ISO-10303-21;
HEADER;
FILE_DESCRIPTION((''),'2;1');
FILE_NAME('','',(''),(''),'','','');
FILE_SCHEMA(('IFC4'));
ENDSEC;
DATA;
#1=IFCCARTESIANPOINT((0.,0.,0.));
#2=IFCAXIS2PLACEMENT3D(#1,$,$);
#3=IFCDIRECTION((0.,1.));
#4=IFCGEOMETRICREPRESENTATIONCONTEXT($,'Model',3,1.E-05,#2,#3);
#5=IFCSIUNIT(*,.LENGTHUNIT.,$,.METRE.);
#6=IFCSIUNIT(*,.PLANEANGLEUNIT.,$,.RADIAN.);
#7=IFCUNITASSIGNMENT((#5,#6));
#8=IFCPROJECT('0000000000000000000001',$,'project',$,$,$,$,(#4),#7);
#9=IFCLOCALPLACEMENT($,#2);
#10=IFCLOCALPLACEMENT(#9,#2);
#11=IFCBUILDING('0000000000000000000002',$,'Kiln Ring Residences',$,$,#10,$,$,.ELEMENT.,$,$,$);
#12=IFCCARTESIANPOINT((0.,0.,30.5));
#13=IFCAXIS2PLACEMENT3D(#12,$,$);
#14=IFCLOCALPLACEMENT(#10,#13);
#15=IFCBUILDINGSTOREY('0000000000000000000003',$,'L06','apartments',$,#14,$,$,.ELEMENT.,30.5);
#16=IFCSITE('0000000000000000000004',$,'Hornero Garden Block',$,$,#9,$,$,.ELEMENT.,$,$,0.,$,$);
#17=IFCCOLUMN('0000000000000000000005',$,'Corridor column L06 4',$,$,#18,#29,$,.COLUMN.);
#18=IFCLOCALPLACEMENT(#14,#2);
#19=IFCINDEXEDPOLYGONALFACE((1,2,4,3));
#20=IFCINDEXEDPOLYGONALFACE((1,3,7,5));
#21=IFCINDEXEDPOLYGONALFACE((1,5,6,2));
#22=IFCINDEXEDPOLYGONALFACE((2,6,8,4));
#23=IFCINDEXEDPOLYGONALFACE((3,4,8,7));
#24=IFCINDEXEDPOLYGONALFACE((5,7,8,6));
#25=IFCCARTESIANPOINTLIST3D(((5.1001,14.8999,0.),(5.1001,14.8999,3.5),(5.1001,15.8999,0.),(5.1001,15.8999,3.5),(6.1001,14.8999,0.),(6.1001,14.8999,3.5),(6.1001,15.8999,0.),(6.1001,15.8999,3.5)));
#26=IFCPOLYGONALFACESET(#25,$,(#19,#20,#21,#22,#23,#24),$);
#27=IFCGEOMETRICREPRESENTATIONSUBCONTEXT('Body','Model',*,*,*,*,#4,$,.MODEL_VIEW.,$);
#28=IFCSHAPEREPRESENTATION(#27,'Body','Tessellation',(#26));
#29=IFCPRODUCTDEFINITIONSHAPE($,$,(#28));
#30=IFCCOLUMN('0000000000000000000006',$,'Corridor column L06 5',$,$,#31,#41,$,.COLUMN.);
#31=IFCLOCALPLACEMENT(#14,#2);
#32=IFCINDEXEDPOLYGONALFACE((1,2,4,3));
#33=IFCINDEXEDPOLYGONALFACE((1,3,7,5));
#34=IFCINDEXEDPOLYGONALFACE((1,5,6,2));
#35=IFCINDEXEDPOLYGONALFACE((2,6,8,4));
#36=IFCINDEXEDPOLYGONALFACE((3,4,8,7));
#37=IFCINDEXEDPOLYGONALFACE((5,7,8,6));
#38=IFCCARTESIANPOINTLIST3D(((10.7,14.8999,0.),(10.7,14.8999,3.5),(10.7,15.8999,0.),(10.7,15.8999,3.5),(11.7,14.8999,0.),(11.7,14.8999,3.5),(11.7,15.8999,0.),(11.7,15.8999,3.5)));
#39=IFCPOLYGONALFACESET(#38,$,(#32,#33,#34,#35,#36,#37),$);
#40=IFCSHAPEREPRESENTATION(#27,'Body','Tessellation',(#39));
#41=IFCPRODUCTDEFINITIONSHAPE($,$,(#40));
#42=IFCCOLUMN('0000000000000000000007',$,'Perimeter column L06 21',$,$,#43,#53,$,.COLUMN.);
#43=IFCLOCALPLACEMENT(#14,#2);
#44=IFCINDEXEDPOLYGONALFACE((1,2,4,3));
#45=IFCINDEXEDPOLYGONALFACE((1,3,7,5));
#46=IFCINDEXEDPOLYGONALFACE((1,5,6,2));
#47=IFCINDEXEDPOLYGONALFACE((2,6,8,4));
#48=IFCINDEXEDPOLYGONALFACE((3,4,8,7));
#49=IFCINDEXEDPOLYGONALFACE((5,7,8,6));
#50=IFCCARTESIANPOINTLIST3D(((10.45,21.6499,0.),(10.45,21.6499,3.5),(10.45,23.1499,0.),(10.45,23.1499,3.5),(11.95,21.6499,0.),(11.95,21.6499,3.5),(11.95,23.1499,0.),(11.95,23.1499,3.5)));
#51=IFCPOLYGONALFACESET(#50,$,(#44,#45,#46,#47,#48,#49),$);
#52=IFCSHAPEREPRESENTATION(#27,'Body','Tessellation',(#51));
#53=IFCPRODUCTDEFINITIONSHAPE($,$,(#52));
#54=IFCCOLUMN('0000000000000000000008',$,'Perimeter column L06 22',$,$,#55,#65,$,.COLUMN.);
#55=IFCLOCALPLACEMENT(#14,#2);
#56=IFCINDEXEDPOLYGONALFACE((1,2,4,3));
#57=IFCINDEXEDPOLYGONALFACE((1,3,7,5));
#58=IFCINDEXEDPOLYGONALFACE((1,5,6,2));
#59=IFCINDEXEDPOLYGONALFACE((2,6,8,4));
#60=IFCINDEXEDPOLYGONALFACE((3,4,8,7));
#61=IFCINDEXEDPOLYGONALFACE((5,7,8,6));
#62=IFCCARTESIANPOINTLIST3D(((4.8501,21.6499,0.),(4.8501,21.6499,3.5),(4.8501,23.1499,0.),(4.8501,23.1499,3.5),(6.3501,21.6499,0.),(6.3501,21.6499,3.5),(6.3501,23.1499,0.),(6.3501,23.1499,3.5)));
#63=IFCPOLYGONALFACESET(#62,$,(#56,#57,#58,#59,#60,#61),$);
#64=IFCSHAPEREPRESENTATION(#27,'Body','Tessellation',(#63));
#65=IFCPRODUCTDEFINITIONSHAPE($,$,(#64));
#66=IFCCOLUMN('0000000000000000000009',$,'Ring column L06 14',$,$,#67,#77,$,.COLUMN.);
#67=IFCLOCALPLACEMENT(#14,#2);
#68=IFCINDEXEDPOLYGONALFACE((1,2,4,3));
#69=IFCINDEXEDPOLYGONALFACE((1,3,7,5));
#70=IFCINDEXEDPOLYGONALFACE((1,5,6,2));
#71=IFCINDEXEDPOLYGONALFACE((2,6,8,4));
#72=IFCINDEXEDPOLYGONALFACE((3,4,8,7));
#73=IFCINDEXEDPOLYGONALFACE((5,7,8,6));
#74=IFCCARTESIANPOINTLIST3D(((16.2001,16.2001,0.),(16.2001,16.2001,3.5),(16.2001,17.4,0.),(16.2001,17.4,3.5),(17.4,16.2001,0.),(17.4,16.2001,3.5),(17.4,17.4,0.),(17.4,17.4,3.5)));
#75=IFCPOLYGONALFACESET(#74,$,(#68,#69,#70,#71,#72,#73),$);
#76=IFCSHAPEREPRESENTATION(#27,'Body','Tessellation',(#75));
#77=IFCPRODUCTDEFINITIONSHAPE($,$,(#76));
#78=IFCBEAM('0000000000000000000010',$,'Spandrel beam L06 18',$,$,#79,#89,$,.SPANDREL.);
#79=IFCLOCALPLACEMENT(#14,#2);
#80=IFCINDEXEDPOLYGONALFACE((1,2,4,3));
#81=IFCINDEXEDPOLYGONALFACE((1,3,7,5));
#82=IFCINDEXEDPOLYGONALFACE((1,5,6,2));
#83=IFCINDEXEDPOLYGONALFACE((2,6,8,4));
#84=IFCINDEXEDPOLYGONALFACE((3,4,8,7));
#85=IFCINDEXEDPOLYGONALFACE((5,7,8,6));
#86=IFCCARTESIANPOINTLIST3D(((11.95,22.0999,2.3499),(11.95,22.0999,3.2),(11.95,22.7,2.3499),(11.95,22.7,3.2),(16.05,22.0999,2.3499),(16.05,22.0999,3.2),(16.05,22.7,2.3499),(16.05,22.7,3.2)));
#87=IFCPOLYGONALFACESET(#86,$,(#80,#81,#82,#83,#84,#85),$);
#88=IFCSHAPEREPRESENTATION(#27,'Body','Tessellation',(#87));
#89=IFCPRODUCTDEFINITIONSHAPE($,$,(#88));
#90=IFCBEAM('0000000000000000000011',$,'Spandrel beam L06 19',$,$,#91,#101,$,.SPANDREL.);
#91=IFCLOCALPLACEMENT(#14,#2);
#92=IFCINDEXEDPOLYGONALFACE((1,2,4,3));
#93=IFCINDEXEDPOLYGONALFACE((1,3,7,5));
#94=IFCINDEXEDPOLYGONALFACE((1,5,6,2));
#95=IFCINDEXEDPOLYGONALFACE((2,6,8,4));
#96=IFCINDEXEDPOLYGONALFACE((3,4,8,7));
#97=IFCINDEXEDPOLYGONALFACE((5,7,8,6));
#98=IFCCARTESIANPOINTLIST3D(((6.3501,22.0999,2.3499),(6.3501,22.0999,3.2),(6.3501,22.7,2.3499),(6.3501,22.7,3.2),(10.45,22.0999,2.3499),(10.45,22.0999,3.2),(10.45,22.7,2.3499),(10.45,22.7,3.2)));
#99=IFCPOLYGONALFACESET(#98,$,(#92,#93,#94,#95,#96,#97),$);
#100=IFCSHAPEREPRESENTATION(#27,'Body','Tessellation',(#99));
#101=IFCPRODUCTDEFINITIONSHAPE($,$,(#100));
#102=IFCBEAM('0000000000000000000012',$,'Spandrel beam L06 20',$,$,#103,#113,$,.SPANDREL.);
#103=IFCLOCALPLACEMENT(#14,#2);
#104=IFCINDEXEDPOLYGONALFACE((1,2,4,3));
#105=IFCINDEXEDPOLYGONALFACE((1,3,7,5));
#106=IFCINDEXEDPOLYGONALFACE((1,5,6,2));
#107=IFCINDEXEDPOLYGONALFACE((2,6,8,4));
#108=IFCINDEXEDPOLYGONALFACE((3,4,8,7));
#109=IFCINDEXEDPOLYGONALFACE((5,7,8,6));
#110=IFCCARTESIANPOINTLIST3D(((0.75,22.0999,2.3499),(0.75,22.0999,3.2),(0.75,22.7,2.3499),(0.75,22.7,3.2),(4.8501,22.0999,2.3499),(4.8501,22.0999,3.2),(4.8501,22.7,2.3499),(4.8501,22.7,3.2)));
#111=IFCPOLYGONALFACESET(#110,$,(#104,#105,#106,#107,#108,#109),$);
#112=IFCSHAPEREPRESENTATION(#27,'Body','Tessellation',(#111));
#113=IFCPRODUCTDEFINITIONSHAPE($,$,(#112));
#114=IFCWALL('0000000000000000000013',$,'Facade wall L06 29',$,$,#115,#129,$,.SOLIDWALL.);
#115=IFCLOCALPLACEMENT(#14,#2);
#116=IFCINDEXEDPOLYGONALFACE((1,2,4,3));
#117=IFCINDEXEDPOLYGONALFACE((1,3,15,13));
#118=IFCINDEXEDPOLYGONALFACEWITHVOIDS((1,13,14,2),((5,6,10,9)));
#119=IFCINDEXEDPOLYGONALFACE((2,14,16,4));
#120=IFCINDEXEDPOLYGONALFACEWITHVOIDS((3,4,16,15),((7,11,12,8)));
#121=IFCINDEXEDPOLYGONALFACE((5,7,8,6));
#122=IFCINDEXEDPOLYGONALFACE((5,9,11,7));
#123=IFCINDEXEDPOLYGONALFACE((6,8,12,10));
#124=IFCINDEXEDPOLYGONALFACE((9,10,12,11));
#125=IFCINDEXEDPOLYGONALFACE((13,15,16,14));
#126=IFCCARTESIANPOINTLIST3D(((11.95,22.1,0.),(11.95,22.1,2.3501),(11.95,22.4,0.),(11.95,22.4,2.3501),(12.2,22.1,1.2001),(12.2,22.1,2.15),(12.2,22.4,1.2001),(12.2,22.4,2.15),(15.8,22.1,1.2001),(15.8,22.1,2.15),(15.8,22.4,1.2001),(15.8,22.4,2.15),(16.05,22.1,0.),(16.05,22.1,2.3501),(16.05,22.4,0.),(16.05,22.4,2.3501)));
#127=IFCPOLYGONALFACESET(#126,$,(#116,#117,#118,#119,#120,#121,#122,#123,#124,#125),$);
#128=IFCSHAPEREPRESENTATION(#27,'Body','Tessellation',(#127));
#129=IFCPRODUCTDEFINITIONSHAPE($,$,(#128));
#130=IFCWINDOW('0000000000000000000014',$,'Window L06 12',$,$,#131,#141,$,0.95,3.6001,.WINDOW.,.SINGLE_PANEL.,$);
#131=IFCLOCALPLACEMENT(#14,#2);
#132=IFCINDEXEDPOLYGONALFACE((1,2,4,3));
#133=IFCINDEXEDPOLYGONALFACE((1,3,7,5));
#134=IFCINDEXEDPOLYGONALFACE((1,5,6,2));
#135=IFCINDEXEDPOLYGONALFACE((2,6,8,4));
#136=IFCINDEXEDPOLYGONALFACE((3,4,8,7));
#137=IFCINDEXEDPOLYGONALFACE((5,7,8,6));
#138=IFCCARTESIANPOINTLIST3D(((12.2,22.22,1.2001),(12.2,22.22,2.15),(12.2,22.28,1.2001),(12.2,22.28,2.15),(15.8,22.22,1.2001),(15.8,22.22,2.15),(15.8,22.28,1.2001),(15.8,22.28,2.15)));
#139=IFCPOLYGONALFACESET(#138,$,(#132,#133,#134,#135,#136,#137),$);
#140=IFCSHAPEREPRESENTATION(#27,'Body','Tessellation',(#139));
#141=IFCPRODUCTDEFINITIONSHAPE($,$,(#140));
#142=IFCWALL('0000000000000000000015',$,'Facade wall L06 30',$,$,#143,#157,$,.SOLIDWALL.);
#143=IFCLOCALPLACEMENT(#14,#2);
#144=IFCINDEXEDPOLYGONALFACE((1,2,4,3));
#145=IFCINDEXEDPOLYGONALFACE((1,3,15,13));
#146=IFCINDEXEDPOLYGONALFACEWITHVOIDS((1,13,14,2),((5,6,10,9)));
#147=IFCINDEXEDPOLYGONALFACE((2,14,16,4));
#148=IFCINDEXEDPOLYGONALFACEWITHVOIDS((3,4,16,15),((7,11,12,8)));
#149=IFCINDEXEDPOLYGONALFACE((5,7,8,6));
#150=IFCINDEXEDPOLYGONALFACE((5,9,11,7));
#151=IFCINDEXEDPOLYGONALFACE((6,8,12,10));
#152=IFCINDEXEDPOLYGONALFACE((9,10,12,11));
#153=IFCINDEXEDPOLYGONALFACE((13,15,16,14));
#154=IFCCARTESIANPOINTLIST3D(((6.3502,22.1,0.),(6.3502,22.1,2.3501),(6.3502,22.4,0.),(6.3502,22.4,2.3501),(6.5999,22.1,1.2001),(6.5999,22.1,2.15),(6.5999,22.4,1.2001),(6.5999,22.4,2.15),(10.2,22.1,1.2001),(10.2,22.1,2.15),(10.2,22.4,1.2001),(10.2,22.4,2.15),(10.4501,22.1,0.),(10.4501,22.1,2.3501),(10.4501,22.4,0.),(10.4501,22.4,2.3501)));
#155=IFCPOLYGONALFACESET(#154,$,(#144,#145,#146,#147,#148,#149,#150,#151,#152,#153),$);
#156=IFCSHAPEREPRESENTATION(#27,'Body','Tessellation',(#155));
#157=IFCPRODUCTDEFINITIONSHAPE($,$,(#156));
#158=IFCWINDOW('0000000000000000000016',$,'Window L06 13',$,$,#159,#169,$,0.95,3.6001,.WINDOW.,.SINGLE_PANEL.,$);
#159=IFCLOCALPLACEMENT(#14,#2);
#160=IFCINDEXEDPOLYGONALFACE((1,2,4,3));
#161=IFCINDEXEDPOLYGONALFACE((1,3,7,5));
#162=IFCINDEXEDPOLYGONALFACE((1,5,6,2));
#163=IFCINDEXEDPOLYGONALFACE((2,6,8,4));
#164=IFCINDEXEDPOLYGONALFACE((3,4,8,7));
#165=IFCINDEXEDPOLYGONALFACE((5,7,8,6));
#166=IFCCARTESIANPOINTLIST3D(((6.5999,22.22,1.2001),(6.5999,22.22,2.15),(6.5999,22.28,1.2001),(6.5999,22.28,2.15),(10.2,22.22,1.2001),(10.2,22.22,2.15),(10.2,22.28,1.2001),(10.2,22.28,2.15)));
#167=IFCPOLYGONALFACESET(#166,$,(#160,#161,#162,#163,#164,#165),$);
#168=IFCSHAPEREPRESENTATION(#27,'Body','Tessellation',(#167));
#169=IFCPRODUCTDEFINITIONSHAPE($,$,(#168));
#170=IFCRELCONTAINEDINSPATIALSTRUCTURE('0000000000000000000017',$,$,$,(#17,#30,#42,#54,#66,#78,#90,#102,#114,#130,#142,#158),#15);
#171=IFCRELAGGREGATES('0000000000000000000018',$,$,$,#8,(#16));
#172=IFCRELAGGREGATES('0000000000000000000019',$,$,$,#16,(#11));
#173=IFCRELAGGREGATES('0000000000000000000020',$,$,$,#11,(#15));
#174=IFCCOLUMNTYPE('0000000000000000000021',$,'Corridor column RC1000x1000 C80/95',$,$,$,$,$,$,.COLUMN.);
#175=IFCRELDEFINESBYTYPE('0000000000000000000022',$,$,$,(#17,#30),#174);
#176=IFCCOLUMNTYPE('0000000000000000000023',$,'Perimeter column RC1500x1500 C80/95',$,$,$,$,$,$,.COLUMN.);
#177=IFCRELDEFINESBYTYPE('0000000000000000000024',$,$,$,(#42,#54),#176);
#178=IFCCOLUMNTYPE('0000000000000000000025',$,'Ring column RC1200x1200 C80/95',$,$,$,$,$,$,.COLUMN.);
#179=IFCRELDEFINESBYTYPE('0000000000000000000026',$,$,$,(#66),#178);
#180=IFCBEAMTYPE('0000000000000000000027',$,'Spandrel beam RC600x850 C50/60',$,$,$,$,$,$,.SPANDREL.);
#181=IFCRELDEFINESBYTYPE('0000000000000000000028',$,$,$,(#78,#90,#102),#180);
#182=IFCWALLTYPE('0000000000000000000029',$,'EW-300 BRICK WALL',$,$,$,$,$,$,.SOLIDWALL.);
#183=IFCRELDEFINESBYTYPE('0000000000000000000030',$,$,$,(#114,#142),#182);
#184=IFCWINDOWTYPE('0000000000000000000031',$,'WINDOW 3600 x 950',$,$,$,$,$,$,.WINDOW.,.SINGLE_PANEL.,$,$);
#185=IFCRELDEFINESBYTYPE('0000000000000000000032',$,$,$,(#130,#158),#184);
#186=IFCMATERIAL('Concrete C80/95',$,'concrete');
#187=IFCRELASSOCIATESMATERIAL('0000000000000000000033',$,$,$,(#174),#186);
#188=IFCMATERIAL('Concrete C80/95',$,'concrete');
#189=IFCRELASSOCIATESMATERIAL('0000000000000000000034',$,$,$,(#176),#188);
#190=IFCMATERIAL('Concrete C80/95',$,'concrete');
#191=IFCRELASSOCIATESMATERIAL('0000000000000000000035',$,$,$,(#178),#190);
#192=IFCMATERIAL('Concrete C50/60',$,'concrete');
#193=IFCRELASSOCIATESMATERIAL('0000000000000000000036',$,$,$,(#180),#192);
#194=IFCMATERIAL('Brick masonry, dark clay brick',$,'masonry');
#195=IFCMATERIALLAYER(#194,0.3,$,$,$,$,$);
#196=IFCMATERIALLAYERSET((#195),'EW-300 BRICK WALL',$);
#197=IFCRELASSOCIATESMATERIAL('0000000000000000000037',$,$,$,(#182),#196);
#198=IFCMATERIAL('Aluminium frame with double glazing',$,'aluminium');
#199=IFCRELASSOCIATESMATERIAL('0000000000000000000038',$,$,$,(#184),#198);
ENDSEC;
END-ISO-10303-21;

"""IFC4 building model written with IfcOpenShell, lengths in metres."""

from ifc_helpers import new_model, si_unit, direction, frame, frame_2d, origin, origin_2d, place, context, subcontext, project, spatial, rectangle, extrude, material, layer, layer_set, material_profile, profile_set, type_object, element, fill, save


model = new_model("IFC4")

# Units and contexts
model_context = context("Model", 3, precision=1e-05, world=origin(), true_north=direction((0.0, 1.0)))
body_context = subcontext(model_context, "Body", "Model", "MODEL_VIEW")
ifc_project = project(units=[si_unit("LENGTHUNIT", "METRE"), si_unit("PLANEANGLEUNIT", "RADIAN")], contexts=[model_context])

# Site, building, storey
site_placement = place(None, origin())
site = spatial("IfcSite", under=ifc_project, at=site_placement, Name="Hornero Garden Block", CompositionType="ELEMENT", RefElevation=0.0)
building_placement = place(site_placement, origin())
building = spatial("IfcBuilding", under=site, at=building_placement, Name="Kiln Ring Residences", CompositionType="ELEMENT")
storey_placement = place(building_placement, frame((0.0, 0.0, 30.5)))
storey = spatial("IfcBuildingStorey", under=building, at=storey_placement, Name="L06", Description="apartments", CompositionType="ELEMENT", Elevation=30.5)

# Columns
ifc_material_1 = material(Name="Concrete C80/95", Category="concrete")
ifc_material_profile_1 = material_profile(ifc_material_1, rectangle(XDim=1.0, YDim=1.0, at=origin_2d()), Name="RC1000x1000")
ifc_profile_set_1 = profile_set([ifc_material_profile_1], Name="Concrete C80/95")
column_type_1 = type_object("IfcColumnType", Name="Corridor column RC1000x1000 C80/95", PredefinedType="COLUMN", material=ifc_profile_set_1)
for number, where, z_axis, x_axis, name in (
    (1, (5.6001, 15.3999, 0.0), (0.0, 0.0, 1.0), (1.0, 0.0, 0.0), "Corridor column L06 4"),
    (2, (11.2, 15.3999, 0.0), (0.0, 0.0, 1.0), (1.0, 0.0, 0.0), "Corridor column L06 5"),
):
    element("IfcColumn", number, at=place(storey_placement, frame(where, z_axis=z_axis, x_axis=x_axis)), inside=storey, type_object=column_type_1, Name=name, PredefinedType="COLUMN", context=body_context, shape_type="SweptSolid", body=[
        extrude(rectangle(XDim=1.0, YDim=1.0, at=origin_2d()), origin(), (0.0, 0.0, 1.0), 3.5),
    ])
ifc_material_2 = material(Name="Concrete C80/95", Category="concrete")
ifc_material_profile_2 = material_profile(ifc_material_2, rectangle(XDim=1.5, YDim=1.5, at=origin_2d()), Name="RC1500x1500")
ifc_profile_set_2 = profile_set([ifc_material_profile_2], Name="Concrete C80/95")
column_type_2 = type_object("IfcColumnType", Name="Perimeter column RC1500x1500 C80/95", PredefinedType="COLUMN", material=ifc_profile_set_2)
for number, where, z_axis, x_axis, name in (
    (3, (11.2, 22.3999, 0.0), (0.0, 0.0, 1.0), (1.0, 0.0, 0.0), "Perimeter column L06 21"),
    (4, (5.6001, 22.3999, 0.0), (0.0, 0.0, 1.0), (1.0, 0.0, 0.0), "Perimeter column L06 22"),
):
    element("IfcColumn", number, at=place(storey_placement, frame(where, z_axis=z_axis, x_axis=x_axis)), inside=storey, type_object=column_type_2, Name=name, PredefinedType="COLUMN", context=body_context, shape_type="SweptSolid", body=[
        extrude(rectangle(XDim=1.5, YDim=1.5, at=origin_2d()), origin(), (0.0, 0.0, 1.0), 3.5),
    ])
ifc_material_3 = material(Name="Concrete C80/95", Category="concrete")
ifc_material_profile_3 = material_profile(ifc_material_3, rectangle(XDim=1.2, YDim=1.2, at=origin_2d()), Name="RC1200x1200")
ifc_profile_set_3 = profile_set([ifc_material_profile_3], Name="Concrete C80/95")
column_type_3 = type_object("IfcColumnType", Name="Ring column RC1200x1200 C80/95", PredefinedType="COLUMN", material=ifc_profile_set_3)
column_placement = place(storey_placement, frame((16.8, 16.8, 0.0), z_axis=(0.0, 0.0, 1.0), x_axis=(1.0, 0.0, 0.0)))
element("IfcColumn", 5, at=column_placement, inside=storey, type_object=column_type_3, Name="Ring column L06 14", PredefinedType="COLUMN", context=body_context, shape_type="SweptSolid", body=[
    extrude(rectangle(XDim=1.2, YDim=1.2, at=origin_2d()), origin(), (0.0, 0.0, 1.0), 3.5),
])

# Beams
ifc_material_4 = material(Name="Concrete C50/60", Category="concrete")
ifc_material_profile_4 = material_profile(ifc_material_4, rectangle(XDim=0.6001, YDim=0.8501, at=origin_2d()), Name="RC600x850")
ifc_profile_set_4 = profile_set([ifc_material_profile_4], Name="Concrete C50/60")
beam_type = type_object("IfcBeamType", Name="Spandrel beam RC600x850 C50/60", PredefinedType="SPANDREL", material=ifc_profile_set_4)
beam_1_placement = place(storey_placement, frame((16.05, 22.3999, 2.7749), z_axis=(-1.0, 0.0, 0.0), x_axis=(0.0, -1.0, 0.0)))
element("IfcBeam", 6, at=beam_1_placement, inside=storey, type_object=beam_type, Name="Spandrel beam L06 18", PredefinedType="SPANDREL", context=body_context, shape_type="SweptSolid", body=[
    extrude(rectangle(XDim=0.6001, YDim=0.8501, at=origin_2d()), origin(), (0.0, 0.0, 1.0), 4.1001),
])
beam_2_placement = place(storey_placement, frame((10.45, 22.3999, 2.7749), z_axis=(-1.0, 0.0, 0.0), x_axis=(0.0, -1.0, 0.0)))
element("IfcBeam", 7, at=beam_2_placement, inside=storey, type_object=beam_type, Name="Spandrel beam L06 19", PredefinedType="SPANDREL", context=body_context, shape_type="SweptSolid", body=[
    extrude(rectangle(XDim=0.6001, YDim=0.8501, at=origin_2d()), origin(), (0.0, 0.0, 1.0), 4.0999),
])
beam_3_placement = place(storey_placement, frame((4.8501, 22.3999, 2.7749), z_axis=(-1.0, 0.0, 0.0), x_axis=(0.0, -1.0, 0.0)))
element("IfcBeam", 8, at=beam_3_placement, inside=storey, type_object=beam_type, Name="Spandrel beam L06 20", PredefinedType="SPANDREL", context=body_context, shape_type="SweptSolid", body=[
    extrude(rectangle(XDim=0.6001, YDim=0.8501, at=origin_2d()), origin(), (0.0, 0.0, 1.0), 4.1001),
])

# Walls, openings, windows
ifc_material_5 = material(Name="Brick masonry, dark clay brick", Category="masonry")
ifc_layer_1 = layer(ifc_material_5, 0.3)
ifc_layer_set_1 = layer_set([ifc_layer_1], Name="EW-300 BRICK WALL")
wall_type_1 = type_object("IfcWallType", Name="EW-300 BRICK WALL", PredefinedType="SOLIDWALL", material=ifc_layer_set_1)
wall_1_placement = place(storey_placement, frame((16.05, 22.25, 0.0), z_axis=(0.0, 0.0, 1.0), x_axis=(-1.0, 0.0, 0.0)))
wall_1 = element("IfcWall", 9, at=wall_1_placement, inside=storey, type_object=wall_type_1, Name="Facade wall L06 29", PredefinedType="SOLIDWALL", context=body_context, shape_type="SweptSolid", body=[
    extrude(rectangle(XDim=4.1001, YDim=0.3, at=frame_2d((2.05, 0.0))), origin(), (0.0, 0.0, 1.0), 2.3501),
])
opening_1_placement = place(wall_1_placement, frame((0.25, 0.0, 1.2)))
opening_1 = element("IfcOpeningElement", 10, at=opening_1_placement, cuts=wall_1, PredefinedType="OPENING", context=body_context, shape_type="SweptSolid", body=[
    extrude(rectangle(XDim=3.6001, YDim=0.95, at=frame_2d((1.8, 0.4751))), frame((0.0, 0.1599, 0.0), z_axis=(0.0, -1.0, 0.0), x_axis=(1.0, 0.0, 0.0)), (0.0, 0.0, 1.0), 0.3201),
])
ifc_material_6 = material(Name="Aluminium frame with double glazing", Category="aluminium")
window_type_1 = type_object("IfcWindowType", Name="WINDOW 3600 x 950", PartitioningType="SINGLE_PANEL", PredefinedType="WINDOW", material=ifc_material_6)
window_1_placement = place(opening_1_placement, origin())
window_1 = element("IfcWindow", 11, at=window_1_placement, inside=storey, type_object=window_type_1, Name="Window L06 12", OverallHeight=0.95, OverallWidth=3.6001, PartitioningType="SINGLE_PANEL", PredefinedType="WINDOW", context=body_context, shape_type="SweptSolid", body=[
    extrude(rectangle(XDim=3.6001, YDim=0.95, at=frame_2d((1.8, 0.4751))), frame((0.0, 0.03, 0.0), z_axis=(0.0, -1.0, 0.0), x_axis=(1.0, 0.0, 0.0)), (0.0, 0.0, 1.0), 0.0601),
])
fill(opening_1, window_1)
wall_2_placement = place(storey_placement, frame((10.45, 22.25, 0.0), z_axis=(0.0, 0.0, 1.0), x_axis=(-1.0, 0.0, 0.0)))
wall_2 = element("IfcWall", 12, at=wall_2_placement, inside=storey, type_object=wall_type_1, Name="Facade wall L06 30", PredefinedType="SOLIDWALL", context=body_context, shape_type="SweptSolid", body=[
    extrude(rectangle(XDim=4.0999, YDim=0.3, at=frame_2d((2.0498, 0.0))), origin(), (0.0, 0.0, 1.0), 2.3501),
])
opening_2_placement = place(wall_2_placement, frame((0.25, 0.0, 1.2)))
opening_2 = element("IfcOpeningElement", 13, at=opening_2_placement, cuts=wall_2, PredefinedType="OPENING", context=body_context, shape_type="SweptSolid", body=[
    extrude(rectangle(XDim=3.6001, YDim=0.95, at=frame_2d((1.8, 0.4751))), frame((0.0, 0.1599, 0.0), z_axis=(0.0, -1.0, 0.0), x_axis=(1.0, 0.0, 0.0)), (0.0, 0.0, 1.0), 0.3201),
])
window_2_placement = place(opening_2_placement, origin())
window_2 = element("IfcWindow", 14, at=window_2_placement, inside=storey, type_object=window_type_1, Name="Window L06 13", OverallHeight=0.95, OverallWidth=3.6001, PartitioningType="SINGLE_PANEL", PredefinedType="WINDOW", context=body_context, shape_type="SweptSolid", body=[
    extrude(rectangle(XDim=3.6001, YDim=0.95, at=frame_2d((1.8, 0.4751))), frame((0.0, 0.03, 0.0), z_axis=(0.0, -1.0, 0.0), x_axis=(1.0, 0.0, 0.0)), (0.0, 0.0, 1.0), 0.0601),
])
fill(opening_2, window_2)

save(model, "model.ifc")
